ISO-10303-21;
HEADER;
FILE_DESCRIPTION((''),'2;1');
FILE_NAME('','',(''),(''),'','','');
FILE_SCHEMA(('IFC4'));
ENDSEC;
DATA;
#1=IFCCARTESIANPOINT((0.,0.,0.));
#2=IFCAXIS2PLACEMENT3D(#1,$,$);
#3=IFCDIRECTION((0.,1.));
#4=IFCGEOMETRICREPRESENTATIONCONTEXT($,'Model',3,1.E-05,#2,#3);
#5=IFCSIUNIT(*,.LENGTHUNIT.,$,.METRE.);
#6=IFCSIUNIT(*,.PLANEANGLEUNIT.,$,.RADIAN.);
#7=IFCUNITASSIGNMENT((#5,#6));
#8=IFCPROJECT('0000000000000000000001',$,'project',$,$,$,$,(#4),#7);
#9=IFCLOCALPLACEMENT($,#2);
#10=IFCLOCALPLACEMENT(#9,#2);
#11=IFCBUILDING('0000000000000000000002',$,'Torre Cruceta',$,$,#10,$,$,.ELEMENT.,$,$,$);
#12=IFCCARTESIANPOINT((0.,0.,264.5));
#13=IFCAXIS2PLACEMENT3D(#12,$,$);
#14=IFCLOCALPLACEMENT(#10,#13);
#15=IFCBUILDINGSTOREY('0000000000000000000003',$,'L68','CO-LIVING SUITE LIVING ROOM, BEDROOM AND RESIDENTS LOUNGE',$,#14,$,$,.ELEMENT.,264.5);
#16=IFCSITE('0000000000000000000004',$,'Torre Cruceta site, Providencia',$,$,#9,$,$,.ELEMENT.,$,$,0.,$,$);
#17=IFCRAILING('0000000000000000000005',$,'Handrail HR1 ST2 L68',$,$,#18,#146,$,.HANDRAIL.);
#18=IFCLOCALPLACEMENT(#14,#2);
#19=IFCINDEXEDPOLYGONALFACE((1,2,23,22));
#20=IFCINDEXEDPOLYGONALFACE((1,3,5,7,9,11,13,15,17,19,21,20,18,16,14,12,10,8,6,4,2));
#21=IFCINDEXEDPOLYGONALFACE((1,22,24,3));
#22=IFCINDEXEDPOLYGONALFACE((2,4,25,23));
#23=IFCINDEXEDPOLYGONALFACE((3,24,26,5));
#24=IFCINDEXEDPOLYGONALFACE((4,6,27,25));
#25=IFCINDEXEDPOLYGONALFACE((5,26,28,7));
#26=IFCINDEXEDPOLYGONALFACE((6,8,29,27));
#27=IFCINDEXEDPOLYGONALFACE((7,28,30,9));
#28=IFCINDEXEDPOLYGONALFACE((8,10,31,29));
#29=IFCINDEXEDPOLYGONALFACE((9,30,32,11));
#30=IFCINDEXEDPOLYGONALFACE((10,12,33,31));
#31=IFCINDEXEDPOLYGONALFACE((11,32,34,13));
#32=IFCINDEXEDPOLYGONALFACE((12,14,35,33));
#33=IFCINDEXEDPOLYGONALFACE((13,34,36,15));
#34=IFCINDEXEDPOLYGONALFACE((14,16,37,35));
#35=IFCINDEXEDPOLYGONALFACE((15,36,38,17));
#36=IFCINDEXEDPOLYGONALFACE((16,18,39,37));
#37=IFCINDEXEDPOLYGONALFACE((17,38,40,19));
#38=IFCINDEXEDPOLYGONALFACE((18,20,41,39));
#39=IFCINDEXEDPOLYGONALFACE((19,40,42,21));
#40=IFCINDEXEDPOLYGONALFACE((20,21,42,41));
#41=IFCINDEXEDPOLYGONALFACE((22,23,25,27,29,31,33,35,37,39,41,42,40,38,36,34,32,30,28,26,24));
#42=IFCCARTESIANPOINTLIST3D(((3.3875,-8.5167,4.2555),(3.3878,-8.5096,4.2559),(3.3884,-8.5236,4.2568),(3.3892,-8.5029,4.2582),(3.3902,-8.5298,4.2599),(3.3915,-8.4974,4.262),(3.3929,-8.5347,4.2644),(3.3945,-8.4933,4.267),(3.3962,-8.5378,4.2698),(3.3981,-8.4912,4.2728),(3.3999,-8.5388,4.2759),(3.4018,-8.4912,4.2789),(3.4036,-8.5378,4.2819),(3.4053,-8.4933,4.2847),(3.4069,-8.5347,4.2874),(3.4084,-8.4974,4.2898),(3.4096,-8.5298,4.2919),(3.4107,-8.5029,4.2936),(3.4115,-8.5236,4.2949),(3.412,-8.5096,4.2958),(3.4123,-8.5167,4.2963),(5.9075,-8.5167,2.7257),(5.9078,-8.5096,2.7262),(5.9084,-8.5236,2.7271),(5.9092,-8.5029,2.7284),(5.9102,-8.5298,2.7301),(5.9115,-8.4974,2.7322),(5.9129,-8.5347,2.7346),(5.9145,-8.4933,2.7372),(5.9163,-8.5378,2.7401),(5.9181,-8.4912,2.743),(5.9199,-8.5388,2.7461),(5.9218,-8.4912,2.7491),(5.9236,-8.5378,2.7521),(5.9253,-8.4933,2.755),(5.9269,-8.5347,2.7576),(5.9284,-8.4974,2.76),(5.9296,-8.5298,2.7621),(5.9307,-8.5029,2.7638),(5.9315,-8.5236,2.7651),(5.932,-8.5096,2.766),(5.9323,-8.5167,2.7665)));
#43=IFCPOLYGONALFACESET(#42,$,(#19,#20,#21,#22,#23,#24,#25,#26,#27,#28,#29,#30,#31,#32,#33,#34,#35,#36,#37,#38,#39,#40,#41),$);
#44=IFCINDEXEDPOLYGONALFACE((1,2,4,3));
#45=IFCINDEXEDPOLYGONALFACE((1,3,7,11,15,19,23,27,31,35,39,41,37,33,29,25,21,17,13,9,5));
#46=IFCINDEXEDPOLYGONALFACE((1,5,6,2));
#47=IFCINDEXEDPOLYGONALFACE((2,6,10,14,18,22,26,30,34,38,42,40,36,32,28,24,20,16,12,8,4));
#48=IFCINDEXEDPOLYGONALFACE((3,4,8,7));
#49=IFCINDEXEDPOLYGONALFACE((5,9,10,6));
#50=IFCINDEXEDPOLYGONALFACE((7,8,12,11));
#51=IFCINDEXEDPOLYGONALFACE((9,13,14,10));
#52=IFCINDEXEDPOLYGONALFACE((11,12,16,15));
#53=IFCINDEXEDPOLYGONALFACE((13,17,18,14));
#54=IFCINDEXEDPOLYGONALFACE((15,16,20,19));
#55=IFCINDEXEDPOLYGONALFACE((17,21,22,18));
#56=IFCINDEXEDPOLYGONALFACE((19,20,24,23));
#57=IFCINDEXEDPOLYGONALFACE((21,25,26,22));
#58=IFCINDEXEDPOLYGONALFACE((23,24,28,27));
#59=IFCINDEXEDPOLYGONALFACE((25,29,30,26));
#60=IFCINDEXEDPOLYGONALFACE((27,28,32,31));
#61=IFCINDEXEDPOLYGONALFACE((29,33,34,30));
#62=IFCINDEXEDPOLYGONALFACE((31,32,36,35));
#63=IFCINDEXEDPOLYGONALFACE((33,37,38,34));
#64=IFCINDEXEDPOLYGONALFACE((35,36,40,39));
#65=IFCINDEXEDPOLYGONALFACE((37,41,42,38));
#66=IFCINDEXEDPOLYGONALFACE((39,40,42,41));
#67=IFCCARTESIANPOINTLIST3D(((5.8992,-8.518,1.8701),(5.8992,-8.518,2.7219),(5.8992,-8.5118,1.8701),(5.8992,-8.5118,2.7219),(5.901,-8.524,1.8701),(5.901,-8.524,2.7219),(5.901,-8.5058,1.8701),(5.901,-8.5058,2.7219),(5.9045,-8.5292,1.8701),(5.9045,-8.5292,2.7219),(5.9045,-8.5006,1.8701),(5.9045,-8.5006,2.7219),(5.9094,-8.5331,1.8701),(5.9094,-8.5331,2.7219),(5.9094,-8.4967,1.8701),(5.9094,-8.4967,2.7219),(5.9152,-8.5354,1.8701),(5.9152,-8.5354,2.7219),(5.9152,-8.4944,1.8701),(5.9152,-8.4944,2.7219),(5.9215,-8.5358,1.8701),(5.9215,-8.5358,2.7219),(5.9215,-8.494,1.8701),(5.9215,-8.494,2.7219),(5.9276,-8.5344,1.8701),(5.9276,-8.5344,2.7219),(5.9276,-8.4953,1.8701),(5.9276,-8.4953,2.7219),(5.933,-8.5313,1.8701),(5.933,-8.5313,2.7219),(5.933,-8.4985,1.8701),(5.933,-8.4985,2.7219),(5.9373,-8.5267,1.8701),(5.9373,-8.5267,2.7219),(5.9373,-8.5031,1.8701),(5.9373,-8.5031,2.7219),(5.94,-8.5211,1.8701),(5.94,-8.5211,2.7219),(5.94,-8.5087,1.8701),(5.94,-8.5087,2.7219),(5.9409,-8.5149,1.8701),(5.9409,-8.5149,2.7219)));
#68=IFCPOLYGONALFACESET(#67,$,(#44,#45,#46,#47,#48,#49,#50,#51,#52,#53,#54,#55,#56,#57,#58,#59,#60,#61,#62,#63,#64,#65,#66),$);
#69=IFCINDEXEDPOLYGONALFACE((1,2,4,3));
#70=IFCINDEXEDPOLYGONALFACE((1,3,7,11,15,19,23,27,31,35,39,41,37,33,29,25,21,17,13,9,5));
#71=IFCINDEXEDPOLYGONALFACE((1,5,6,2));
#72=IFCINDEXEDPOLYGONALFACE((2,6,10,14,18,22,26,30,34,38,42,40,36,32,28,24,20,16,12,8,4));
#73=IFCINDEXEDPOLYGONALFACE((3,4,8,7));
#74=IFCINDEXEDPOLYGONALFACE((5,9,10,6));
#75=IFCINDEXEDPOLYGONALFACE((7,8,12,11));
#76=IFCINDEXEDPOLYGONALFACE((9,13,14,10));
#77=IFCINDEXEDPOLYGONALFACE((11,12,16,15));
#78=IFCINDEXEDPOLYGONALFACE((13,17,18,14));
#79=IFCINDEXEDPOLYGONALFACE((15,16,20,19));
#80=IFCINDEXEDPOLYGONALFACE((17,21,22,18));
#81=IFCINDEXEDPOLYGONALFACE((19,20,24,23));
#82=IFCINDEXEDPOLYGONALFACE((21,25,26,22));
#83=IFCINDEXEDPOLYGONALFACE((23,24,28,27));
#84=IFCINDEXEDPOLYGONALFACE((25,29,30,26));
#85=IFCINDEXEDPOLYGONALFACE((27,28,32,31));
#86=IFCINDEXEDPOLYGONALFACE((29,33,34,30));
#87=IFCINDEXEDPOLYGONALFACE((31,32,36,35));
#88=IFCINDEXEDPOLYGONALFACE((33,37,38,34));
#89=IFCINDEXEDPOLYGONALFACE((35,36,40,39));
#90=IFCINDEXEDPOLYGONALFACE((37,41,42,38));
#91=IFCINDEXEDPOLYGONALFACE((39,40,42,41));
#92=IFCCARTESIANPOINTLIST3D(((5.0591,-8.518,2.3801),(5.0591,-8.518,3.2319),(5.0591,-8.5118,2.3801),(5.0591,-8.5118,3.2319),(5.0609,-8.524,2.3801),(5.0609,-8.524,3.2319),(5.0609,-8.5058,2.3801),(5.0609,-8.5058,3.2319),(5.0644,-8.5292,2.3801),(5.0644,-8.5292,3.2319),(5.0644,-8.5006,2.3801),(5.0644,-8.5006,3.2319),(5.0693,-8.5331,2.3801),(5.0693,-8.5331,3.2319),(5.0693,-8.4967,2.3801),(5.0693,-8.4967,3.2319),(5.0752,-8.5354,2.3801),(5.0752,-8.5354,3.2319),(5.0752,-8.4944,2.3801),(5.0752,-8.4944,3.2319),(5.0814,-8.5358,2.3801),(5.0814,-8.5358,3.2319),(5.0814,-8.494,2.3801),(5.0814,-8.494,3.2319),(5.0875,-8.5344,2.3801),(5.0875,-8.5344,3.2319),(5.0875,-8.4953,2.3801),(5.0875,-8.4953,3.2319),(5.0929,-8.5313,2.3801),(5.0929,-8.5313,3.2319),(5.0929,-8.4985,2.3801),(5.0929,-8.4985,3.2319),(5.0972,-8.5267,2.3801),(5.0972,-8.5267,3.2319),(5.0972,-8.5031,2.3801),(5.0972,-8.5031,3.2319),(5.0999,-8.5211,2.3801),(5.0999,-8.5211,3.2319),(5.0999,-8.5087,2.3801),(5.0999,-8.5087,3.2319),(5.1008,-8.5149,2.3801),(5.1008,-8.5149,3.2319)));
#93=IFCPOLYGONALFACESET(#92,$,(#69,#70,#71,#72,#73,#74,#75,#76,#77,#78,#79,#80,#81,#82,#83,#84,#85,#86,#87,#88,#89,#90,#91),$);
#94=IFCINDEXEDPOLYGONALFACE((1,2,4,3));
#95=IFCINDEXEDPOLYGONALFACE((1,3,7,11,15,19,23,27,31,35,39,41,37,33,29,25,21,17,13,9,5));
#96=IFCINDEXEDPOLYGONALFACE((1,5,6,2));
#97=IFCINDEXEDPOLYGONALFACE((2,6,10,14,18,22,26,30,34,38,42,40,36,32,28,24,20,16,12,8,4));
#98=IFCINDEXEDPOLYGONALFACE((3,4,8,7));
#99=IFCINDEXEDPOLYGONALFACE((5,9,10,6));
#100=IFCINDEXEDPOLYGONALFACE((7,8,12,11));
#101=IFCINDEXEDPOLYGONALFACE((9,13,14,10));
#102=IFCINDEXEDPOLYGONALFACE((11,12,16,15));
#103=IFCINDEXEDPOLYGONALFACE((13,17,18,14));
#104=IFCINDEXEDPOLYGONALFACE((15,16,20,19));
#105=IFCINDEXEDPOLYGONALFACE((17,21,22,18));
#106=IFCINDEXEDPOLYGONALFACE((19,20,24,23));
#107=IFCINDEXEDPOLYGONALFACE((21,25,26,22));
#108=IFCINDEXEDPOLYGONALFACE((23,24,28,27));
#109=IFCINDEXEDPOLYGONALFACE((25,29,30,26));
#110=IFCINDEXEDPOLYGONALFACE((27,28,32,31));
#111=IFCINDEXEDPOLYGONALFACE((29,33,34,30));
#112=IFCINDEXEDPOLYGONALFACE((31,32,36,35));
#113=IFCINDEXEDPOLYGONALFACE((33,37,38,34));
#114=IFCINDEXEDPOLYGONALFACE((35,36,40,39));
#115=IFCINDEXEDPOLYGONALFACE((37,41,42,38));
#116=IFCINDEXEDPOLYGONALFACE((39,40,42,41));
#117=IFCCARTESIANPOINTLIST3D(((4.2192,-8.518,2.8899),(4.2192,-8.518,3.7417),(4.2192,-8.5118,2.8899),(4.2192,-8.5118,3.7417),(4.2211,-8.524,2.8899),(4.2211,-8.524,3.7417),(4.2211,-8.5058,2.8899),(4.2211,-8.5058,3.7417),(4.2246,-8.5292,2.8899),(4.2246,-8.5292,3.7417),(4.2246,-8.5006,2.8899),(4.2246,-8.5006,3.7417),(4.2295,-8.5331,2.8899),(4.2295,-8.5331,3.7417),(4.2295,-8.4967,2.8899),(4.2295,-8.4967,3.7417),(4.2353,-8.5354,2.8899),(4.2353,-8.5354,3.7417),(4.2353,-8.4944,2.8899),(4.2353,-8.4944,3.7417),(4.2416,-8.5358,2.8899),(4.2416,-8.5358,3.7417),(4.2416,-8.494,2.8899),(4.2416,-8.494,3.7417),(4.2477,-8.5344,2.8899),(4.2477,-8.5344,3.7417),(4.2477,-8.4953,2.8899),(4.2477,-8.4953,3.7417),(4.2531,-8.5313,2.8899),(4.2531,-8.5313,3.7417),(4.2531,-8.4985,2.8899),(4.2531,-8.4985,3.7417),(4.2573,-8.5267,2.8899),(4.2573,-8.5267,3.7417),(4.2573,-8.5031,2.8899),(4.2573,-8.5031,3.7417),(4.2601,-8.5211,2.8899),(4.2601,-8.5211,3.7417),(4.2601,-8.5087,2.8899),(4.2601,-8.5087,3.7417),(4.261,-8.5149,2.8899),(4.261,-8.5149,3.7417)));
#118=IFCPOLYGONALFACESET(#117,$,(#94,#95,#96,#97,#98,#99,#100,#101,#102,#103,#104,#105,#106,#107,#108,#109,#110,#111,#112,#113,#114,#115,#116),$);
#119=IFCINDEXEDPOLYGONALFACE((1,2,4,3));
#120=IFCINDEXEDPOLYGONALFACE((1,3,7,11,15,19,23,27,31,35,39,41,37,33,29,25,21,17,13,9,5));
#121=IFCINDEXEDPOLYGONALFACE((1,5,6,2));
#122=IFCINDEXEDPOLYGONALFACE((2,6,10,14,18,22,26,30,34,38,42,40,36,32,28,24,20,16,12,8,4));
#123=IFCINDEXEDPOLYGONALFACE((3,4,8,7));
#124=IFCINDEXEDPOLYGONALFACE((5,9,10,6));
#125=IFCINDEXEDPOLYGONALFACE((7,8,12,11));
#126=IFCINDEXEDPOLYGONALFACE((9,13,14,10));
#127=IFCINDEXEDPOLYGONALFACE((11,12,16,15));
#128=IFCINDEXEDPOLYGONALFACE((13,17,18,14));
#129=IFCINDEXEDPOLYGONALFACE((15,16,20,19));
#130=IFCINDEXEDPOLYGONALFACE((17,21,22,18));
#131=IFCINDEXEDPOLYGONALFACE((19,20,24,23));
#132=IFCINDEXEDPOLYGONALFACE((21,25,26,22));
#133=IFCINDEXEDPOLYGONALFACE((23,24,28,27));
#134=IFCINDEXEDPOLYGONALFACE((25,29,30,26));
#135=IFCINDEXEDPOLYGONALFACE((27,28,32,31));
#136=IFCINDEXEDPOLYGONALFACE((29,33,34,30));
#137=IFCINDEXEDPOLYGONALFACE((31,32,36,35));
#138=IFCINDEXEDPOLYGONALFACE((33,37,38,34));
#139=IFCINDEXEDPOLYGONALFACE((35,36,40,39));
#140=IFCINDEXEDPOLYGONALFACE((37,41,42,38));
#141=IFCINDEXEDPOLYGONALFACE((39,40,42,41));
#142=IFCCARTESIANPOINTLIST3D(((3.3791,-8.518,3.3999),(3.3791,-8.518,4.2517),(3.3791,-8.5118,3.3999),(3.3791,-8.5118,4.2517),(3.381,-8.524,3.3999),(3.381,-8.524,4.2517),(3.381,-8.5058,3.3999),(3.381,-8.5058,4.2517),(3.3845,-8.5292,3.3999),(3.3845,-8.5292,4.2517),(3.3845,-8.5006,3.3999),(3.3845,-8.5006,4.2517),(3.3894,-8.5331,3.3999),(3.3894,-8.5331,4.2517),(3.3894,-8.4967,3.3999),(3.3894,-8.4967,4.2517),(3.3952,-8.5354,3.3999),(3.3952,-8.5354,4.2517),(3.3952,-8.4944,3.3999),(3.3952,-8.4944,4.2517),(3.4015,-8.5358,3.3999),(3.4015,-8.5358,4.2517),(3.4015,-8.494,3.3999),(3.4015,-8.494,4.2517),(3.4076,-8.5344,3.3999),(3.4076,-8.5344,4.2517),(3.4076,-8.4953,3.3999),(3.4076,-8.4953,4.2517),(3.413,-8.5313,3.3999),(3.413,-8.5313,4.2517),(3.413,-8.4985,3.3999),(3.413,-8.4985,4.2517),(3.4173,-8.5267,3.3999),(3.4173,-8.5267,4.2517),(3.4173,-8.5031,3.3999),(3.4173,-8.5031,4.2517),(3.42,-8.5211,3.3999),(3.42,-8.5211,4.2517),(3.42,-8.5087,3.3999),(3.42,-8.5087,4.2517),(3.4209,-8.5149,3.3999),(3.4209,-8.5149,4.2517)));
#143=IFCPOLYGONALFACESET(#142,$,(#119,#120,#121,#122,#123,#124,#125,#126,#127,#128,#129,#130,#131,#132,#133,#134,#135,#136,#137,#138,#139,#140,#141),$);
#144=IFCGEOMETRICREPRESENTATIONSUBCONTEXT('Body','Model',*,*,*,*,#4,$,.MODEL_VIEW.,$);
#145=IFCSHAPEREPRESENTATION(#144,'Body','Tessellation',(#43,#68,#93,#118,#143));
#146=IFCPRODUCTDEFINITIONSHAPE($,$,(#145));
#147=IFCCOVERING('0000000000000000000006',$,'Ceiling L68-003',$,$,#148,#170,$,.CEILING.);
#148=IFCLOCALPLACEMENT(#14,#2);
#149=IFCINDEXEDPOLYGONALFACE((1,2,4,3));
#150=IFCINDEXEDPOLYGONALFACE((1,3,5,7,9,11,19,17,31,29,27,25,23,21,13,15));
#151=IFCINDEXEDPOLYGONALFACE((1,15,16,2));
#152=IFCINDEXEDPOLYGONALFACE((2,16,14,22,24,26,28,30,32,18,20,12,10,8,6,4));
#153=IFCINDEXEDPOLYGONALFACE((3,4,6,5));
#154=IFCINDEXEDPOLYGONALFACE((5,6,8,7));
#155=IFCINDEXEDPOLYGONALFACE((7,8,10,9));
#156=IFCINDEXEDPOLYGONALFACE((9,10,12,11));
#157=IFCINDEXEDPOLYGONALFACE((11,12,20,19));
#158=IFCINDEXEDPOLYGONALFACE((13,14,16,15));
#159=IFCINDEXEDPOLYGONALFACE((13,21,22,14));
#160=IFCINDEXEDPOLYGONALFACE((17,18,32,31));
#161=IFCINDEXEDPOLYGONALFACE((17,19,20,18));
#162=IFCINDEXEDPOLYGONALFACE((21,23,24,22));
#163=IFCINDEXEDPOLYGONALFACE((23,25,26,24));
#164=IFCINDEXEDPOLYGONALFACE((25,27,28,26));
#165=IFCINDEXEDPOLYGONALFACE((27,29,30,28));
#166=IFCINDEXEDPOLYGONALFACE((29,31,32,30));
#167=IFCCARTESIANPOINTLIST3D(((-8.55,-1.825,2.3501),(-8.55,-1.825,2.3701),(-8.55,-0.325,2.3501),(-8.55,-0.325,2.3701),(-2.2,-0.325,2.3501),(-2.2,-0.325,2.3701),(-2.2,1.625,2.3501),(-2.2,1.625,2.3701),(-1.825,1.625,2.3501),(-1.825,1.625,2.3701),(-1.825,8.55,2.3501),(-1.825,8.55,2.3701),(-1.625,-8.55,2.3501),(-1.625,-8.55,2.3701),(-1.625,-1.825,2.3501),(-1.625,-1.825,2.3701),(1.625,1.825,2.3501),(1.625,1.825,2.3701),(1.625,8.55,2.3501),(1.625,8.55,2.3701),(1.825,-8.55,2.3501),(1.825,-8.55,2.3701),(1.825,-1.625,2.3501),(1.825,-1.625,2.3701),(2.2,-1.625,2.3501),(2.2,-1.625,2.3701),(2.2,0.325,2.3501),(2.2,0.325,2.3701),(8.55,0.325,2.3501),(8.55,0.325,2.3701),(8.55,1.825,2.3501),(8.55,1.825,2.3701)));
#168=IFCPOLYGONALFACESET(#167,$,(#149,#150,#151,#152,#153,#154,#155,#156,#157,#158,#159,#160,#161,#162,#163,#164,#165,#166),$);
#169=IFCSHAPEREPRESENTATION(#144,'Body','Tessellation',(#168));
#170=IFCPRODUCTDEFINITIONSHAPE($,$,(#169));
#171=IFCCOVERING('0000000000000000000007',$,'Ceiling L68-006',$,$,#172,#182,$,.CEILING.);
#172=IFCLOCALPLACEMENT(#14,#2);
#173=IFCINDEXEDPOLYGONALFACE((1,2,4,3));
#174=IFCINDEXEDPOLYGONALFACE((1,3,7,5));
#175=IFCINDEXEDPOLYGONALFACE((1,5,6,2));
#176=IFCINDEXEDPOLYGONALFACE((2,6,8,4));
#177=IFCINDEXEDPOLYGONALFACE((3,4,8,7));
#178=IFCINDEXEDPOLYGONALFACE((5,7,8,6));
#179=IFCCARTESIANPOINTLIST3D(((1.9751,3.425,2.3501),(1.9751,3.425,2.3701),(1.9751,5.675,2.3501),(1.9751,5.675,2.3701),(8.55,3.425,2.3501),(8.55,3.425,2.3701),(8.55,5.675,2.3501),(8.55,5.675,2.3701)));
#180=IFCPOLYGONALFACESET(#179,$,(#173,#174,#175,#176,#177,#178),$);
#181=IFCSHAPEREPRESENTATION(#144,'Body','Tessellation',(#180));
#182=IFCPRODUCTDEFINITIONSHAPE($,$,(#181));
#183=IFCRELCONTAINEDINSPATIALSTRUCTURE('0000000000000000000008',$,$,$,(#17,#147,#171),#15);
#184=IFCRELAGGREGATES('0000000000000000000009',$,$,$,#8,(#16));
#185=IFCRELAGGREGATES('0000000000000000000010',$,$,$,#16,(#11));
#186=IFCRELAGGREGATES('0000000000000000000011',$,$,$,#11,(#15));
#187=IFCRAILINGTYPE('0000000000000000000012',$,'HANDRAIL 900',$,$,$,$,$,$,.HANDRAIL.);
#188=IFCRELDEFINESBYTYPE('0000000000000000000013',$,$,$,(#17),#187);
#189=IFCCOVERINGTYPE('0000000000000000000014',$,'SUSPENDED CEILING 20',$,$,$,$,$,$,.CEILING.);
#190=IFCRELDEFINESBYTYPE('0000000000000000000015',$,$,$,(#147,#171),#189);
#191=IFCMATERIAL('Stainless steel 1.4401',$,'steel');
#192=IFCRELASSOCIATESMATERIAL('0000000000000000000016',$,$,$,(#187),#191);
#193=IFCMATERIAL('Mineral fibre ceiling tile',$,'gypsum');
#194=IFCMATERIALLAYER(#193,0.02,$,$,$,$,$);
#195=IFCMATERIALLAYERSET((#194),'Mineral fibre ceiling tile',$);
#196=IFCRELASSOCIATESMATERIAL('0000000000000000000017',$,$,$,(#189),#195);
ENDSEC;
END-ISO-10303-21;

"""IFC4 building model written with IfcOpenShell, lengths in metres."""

from ifc_helpers import new_model, si_unit, direction, frame, origin, origin_2d, place, context, subcontext, project, spatial, polyline, circle, outline, extrude, material, layer, layer_set, type_object, element, save


model = new_model("IFC4")

# Units and contexts
model_context = context("Model", 3, precision=1e-05, world=origin(), true_north=direction((0.0, 1.0)))
body_context = subcontext(model_context, "Body", "Model", "MODEL_VIEW")
ifc_project = project(units=[si_unit("LENGTHUNIT", "METRE"), si_unit("PLANEANGLEUNIT", "RADIAN")], contexts=[model_context])

# Site, building, storey
site_placement = place(None, origin())
site = spatial("IfcSite", under=ifc_project, at=site_placement, Name="Torre Cruceta site, Providencia", CompositionType="ELEMENT", RefElevation=0.0)
building_placement = place(site_placement, origin())
building = spatial("IfcBuilding", under=site, at=building_placement, Name="Torre Cruceta", CompositionType="ELEMENT")
storey_placement = place(building_placement, frame((0.0, 0.0, 264.5)))
storey = spatial("IfcBuildingStorey", under=building, at=storey_placement, Name="L68", Description="CO-LIVING SUITE LIVING ROOM, BEDROOM AND RESIDENTS LOUNGE", CompositionType="ELEMENT", Elevation=264.5)

# Railing
ifc_material_1 = material(Name="Stainless steel 1.4401", Category="steel")
railing_type = type_object("IfcRailingType", Name="HANDRAIL 900", PredefinedType="HANDRAIL", material=ifc_material_1)
railing_1_placement = place(storey_placement, frame((5.9199, -8.5149, 1.8701)))
element("IfcRailing", 1, at=railing_1_placement, inside=storey, type_object=railing_type, Name="Handrail HR1 ST2 L68", PredefinedType="HANDRAIL", context=body_context, shape_type="SweptSolid", body=[
    extrude(circle(Radius=0.0239, at=origin_2d()), frame((0.0, 0.0, 0.876), z_axis=(-0.854822, 0.0, 0.518922), x_axis=(0.0, -1.0, 0.0)), (0.0, 0.0, 1.0), 2.948),
    extrude(circle(Radius=0.021, at=origin_2d()), origin(), (0.0, 0.0, 1.0), 0.8518),
    extrude(circle(Radius=0.021, at=origin_2d()), frame((-0.8401, 0.0, 0.51)), (0.0, 0.0, 1.0), 0.8518),
    extrude(circle(Radius=0.021, at=origin_2d()), frame((-1.6799, 0.0, 1.0198)), (0.0, 0.0, 1.0), 0.8518),
    extrude(circle(Radius=0.021, at=origin_2d()), frame((-2.52, 0.0, 1.5298)), (0.0, 0.0, 1.0), 0.8518),
])

# Coverings
ifc_material_2 = material(Name="Mineral fibre ceiling tile", Category="gypsum")
ifc_layer_1 = layer(ifc_material_2, 0.02)
ifc_layer_set_1 = layer_set([ifc_layer_1], Name="Mineral fibre ceiling tile")
covering_type = type_object("IfcCoveringType", Name="SUSPENDED CEILING 20", PredefinedType="CEILING", material=ifc_layer_set_1)
covering_1_placement = place(storey_placement, frame((0.0, 0.0, 2.3501)))
element("IfcCovering", 2, at=covering_1_placement, inside=storey, type_object=covering_type, Name="Ceiling L68-003", PredefinedType="CEILING", context=body_context, shape_type="SweptSolid", body=[
    extrude(outline(polyline([(1.825, -8.55), (-1.625, -8.55), (-1.625, -1.825), (-8.55, -1.825), (-8.55, -0.325), (-2.2, -0.325), (-2.2, 1.625), (-1.825, 1.625), (-1.825, 8.55), (1.625, 8.55), (1.625, 1.825), (8.55, 1.825), (8.55, 0.325), (2.2, 0.325), (2.2, -1.625), (1.825, -1.625), (1.825, -8.55)])), origin(), (0.0, 0.0, 1.0), 0.02),
])
covering_2_placement = place(storey_placement, frame((0.0, 0.0, 2.3501)))
element("IfcCovering", 3, at=covering_2_placement, inside=storey, type_object=covering_type, Name="Ceiling L68-006", PredefinedType="CEILING", context=body_context, shape_type="SweptSolid", body=[
    extrude(outline(polyline([(1.9751, 3.425), (1.9751, 5.675), (8.55, 5.675), (8.55, 3.425), (1.9751, 3.425)])), origin(), (0.0, 0.0, 1.0), 0.02),
])

save(model, "model.ifc")
